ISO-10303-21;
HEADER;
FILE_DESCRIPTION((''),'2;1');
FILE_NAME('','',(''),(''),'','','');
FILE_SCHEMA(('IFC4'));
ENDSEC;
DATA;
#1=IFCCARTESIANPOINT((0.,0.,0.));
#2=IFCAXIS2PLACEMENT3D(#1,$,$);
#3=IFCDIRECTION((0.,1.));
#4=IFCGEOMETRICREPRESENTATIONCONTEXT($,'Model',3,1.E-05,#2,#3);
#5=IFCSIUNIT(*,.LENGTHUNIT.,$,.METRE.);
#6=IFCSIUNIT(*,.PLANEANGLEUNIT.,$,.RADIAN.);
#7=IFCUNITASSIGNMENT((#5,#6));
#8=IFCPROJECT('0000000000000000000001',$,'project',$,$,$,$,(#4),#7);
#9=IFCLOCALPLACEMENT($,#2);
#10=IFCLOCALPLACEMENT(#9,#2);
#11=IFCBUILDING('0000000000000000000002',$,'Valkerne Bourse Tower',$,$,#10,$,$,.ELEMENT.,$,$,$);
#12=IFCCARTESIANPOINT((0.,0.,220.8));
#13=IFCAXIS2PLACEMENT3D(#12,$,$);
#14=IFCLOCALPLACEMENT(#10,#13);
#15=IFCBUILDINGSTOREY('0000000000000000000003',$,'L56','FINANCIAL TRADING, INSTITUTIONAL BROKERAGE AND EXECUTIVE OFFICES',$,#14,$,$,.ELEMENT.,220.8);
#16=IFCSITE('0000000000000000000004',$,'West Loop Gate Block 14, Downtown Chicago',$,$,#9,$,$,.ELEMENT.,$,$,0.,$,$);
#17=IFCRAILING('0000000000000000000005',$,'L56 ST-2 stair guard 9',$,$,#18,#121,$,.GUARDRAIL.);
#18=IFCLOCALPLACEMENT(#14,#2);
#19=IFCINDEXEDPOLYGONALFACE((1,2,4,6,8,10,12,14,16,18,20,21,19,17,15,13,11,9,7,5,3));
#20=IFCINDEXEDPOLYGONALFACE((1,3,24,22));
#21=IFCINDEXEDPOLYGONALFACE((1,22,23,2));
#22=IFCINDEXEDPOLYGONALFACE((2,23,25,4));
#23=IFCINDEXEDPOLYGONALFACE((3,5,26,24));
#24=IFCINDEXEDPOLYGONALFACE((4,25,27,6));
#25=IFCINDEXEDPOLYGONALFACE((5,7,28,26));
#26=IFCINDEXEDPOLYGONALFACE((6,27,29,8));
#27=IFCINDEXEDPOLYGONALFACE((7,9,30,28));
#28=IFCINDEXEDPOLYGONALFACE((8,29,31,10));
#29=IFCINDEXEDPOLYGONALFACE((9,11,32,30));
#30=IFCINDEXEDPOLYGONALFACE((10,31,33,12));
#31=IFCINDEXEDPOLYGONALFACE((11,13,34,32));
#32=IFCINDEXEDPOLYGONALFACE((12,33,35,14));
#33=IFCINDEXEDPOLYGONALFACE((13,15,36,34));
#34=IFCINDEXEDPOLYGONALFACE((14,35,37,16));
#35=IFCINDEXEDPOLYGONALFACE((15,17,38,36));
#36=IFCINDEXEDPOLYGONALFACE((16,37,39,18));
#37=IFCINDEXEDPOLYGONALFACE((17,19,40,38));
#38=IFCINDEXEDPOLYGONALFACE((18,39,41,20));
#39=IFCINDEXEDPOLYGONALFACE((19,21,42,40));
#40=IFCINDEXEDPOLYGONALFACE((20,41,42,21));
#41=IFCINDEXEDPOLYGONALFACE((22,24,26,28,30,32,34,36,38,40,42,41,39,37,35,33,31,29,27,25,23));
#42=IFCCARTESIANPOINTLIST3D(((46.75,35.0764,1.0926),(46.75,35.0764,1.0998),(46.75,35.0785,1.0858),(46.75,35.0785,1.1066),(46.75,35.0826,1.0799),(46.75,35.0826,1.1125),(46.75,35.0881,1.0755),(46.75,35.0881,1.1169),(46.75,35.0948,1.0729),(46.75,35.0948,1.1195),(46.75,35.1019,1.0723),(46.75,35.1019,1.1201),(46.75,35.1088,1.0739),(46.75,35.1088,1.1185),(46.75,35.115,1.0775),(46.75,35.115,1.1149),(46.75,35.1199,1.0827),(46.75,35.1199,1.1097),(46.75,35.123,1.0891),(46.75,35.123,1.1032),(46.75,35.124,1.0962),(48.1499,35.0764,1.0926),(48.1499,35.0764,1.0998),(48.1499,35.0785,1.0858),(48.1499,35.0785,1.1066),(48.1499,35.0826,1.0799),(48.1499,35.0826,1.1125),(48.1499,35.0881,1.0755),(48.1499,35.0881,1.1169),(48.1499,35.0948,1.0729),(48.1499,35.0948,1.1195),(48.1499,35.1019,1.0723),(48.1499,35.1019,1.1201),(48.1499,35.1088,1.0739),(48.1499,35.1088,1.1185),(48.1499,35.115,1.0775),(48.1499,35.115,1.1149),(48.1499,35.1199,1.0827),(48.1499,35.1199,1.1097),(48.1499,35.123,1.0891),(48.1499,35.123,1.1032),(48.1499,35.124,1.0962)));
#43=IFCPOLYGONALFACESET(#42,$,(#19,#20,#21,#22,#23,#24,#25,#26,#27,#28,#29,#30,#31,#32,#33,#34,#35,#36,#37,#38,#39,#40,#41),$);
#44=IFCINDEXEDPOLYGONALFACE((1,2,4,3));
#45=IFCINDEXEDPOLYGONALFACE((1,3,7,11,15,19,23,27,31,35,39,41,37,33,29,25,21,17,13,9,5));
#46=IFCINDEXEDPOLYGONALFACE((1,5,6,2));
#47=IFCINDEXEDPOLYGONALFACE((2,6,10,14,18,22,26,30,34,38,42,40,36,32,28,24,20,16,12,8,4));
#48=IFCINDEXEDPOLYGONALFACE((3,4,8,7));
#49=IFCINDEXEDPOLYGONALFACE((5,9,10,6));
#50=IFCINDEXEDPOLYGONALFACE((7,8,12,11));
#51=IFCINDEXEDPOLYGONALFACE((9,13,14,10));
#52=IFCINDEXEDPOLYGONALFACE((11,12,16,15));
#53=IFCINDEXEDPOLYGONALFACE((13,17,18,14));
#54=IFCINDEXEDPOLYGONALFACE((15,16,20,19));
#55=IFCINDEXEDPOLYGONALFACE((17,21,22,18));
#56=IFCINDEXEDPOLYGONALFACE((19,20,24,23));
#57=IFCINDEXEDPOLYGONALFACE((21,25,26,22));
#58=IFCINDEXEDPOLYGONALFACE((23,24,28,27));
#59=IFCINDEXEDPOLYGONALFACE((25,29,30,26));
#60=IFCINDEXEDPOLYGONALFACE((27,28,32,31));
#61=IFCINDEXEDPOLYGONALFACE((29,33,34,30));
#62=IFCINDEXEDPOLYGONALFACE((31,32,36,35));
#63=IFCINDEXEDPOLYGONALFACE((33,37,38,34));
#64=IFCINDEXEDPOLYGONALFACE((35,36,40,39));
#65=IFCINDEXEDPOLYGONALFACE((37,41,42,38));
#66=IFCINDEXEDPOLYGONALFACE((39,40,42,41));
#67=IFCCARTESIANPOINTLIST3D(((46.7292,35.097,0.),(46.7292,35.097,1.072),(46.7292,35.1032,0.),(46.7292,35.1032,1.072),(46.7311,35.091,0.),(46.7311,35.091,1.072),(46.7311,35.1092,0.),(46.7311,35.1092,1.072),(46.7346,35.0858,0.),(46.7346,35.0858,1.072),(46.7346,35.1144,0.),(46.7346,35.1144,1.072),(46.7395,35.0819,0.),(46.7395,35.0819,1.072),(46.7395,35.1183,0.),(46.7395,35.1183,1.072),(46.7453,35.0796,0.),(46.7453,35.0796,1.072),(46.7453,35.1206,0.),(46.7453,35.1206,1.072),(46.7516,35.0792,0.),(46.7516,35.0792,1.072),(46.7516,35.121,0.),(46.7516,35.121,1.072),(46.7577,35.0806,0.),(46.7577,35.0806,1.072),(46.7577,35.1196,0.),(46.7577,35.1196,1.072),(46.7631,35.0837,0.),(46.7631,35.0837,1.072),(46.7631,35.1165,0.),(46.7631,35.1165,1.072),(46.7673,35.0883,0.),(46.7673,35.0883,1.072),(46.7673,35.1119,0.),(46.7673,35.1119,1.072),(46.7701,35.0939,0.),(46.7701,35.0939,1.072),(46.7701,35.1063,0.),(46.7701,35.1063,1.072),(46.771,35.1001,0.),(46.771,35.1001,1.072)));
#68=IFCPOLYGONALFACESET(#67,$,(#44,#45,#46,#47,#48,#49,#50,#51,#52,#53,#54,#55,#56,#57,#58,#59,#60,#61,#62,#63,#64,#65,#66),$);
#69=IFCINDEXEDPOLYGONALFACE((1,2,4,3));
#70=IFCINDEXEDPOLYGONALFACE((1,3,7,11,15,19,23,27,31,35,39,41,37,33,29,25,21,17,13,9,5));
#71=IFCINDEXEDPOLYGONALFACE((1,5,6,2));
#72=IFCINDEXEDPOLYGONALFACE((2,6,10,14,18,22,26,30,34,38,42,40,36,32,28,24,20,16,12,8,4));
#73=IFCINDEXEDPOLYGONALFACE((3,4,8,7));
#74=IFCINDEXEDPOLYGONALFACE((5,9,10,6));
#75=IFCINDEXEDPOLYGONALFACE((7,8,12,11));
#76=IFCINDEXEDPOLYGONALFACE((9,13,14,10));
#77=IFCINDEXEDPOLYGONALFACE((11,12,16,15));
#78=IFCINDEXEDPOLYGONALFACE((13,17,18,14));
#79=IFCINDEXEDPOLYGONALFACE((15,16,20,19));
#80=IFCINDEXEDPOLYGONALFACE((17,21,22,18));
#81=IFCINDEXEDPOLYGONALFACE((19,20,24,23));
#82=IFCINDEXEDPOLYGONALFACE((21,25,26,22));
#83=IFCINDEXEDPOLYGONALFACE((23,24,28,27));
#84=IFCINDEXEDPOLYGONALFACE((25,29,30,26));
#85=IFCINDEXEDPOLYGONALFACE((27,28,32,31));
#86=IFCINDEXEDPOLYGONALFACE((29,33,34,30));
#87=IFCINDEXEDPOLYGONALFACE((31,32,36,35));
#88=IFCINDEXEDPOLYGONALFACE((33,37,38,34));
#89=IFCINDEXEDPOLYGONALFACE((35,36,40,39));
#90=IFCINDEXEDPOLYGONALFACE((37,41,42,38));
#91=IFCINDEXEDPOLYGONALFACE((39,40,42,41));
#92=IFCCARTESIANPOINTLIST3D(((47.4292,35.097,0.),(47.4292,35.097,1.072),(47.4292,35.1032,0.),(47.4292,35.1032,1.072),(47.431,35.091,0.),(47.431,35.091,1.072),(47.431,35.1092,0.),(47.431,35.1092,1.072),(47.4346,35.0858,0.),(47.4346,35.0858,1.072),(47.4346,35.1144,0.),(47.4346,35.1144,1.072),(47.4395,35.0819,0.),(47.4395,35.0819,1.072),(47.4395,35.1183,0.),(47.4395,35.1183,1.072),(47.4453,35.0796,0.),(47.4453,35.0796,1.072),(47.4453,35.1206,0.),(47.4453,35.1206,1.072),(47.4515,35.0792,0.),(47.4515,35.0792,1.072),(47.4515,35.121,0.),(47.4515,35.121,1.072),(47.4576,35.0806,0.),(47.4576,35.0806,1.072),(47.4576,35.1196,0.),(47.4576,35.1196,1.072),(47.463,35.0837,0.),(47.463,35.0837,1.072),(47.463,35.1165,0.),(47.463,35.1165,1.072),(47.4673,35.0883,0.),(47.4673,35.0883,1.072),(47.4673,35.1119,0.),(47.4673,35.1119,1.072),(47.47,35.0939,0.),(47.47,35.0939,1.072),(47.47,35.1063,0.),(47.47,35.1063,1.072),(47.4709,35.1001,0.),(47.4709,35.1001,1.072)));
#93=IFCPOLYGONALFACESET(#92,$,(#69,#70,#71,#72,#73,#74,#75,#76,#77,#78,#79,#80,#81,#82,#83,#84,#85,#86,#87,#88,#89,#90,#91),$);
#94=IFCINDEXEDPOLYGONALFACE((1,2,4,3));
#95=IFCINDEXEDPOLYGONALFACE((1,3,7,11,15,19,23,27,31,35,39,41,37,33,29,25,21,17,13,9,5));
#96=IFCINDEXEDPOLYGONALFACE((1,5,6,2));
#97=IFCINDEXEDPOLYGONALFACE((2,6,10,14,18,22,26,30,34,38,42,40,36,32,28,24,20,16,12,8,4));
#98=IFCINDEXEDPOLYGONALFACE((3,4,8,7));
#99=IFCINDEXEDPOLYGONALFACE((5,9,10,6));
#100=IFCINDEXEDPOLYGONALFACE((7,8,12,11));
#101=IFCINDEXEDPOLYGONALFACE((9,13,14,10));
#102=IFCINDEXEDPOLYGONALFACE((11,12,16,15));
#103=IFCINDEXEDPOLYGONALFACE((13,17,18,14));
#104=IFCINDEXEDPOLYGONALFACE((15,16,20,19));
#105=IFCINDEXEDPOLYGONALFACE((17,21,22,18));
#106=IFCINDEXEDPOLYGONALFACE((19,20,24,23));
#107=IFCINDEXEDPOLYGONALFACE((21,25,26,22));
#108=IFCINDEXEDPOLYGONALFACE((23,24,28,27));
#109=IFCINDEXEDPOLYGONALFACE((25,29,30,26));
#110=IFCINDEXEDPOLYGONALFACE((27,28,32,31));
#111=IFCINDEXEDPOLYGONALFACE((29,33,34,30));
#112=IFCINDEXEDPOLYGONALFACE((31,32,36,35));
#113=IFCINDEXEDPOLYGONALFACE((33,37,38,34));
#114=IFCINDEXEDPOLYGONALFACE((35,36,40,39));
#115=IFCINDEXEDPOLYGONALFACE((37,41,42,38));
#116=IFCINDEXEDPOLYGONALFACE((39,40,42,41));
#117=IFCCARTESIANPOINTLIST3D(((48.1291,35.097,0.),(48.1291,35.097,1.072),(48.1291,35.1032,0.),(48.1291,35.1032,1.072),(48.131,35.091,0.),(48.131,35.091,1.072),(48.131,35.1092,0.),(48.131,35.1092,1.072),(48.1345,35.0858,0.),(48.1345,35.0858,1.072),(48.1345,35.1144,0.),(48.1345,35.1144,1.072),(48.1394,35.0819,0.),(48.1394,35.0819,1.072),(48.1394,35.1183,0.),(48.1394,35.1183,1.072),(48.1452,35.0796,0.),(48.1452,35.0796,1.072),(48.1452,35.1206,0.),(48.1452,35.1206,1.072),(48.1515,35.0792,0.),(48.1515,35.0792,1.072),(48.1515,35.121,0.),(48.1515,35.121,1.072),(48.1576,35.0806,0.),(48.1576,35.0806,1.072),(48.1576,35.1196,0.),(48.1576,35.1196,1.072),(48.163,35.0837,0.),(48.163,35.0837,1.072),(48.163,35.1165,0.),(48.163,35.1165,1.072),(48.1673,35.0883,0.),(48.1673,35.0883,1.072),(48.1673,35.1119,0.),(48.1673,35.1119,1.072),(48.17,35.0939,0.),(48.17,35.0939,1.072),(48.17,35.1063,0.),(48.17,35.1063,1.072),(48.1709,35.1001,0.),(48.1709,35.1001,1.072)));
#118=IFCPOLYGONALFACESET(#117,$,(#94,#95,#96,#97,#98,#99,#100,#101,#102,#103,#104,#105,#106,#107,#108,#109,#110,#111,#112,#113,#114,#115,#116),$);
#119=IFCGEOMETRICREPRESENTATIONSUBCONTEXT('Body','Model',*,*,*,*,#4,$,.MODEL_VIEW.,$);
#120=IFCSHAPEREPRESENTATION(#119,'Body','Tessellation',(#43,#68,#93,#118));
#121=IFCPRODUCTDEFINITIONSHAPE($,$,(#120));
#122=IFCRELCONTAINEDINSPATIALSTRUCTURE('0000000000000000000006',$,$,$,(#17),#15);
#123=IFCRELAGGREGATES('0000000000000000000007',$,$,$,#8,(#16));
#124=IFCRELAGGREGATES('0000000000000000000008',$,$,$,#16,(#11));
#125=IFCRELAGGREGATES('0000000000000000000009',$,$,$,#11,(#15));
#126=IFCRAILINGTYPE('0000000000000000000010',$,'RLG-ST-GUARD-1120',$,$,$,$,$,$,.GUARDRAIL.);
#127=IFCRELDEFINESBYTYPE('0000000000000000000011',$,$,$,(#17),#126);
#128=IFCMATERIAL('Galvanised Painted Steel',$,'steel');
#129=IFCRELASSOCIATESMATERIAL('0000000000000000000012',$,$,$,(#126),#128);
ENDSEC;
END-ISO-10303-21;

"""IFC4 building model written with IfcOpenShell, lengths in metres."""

from ifc_helpers import new_model, si_unit, direction, frame, origin, origin_2d, place, context, subcontext, project, spatial, circle, extrude, material, type_object, element, save


model = new_model("IFC4")

# Units and contexts
model_context = context("Model", 3, precision=1e-05, world=origin(), true_north=direction((0.0, 1.0)))
body_context = subcontext(model_context, "Body", "Model", "MODEL_VIEW")
ifc_project = project(units=[si_unit("LENGTHUNIT", "METRE"), si_unit("PLANEANGLEUNIT", "RADIAN")], contexts=[model_context])

# Site, building, storey
site_placement = place(None, origin())
site = spatial("IfcSite", under=ifc_project, at=site_placement, Name="West Loop Gate Block 14, Downtown Chicago", CompositionType="ELEMENT", RefElevation=0.0)
building_placement = place(site_placement, origin())
building = spatial("IfcBuilding", under=site, at=building_placement, Name="Valkerne Bourse Tower", CompositionType="ELEMENT")
storey_placement = place(building_placement, frame((0.0, 0.0, 220.8)))
storey = spatial("IfcBuildingStorey", under=building, at=storey_placement, Name="L56", Description="FINANCIAL TRADING, INSTITUTIONAL BROKERAGE AND EXECUTIVE OFFICES", CompositionType="ELEMENT", Elevation=220.8)

# Shared definitions
ifc_material_1 = material(Name="Galvanised Painted Steel", Category="steel")

# Railing
railing_type_1 = type_object("IfcRailingType", Name="RLG-ST-GUARD-1120", PredefinedType="GUARDRAIL", material=ifc_material_1)
for number, where, name in (
    (1, (46.75, 35.1001, 0.0), "L56 ST-2 stair guard 9"),
):
    element("IfcRailing", number, at=place(storey_placement, frame(where)), inside=storey, type_object=railing_type_1, Name=name, PredefinedType="GUARDRAIL", context=body_context, shape_type="SweptSolid", body=[
        extrude(circle(Radius=0.0239, at=origin_2d()), frame((0.0, 0.0, 1.0962), z_axis=(1.0, 0.0, 0.0), x_axis=(0.0, 1.0, 0.0)), (0.0, 0.0, 1.0), 1.3999),
        extrude(circle(Radius=0.021, at=origin_2d()), origin(), (0.0, 0.0, 1.0), 1.072),
        extrude(circle(Radius=0.021, at=origin_2d()), frame((0.7, 0.0, 0.0)), (0.0, 0.0, 1.0), 1.072),
        extrude(circle(Radius=0.021, at=origin_2d()), frame((1.3999, 0.0, 0.0)), (0.0, 0.0, 1.0), 1.072),
    ])

save(model, "model.ifc")
